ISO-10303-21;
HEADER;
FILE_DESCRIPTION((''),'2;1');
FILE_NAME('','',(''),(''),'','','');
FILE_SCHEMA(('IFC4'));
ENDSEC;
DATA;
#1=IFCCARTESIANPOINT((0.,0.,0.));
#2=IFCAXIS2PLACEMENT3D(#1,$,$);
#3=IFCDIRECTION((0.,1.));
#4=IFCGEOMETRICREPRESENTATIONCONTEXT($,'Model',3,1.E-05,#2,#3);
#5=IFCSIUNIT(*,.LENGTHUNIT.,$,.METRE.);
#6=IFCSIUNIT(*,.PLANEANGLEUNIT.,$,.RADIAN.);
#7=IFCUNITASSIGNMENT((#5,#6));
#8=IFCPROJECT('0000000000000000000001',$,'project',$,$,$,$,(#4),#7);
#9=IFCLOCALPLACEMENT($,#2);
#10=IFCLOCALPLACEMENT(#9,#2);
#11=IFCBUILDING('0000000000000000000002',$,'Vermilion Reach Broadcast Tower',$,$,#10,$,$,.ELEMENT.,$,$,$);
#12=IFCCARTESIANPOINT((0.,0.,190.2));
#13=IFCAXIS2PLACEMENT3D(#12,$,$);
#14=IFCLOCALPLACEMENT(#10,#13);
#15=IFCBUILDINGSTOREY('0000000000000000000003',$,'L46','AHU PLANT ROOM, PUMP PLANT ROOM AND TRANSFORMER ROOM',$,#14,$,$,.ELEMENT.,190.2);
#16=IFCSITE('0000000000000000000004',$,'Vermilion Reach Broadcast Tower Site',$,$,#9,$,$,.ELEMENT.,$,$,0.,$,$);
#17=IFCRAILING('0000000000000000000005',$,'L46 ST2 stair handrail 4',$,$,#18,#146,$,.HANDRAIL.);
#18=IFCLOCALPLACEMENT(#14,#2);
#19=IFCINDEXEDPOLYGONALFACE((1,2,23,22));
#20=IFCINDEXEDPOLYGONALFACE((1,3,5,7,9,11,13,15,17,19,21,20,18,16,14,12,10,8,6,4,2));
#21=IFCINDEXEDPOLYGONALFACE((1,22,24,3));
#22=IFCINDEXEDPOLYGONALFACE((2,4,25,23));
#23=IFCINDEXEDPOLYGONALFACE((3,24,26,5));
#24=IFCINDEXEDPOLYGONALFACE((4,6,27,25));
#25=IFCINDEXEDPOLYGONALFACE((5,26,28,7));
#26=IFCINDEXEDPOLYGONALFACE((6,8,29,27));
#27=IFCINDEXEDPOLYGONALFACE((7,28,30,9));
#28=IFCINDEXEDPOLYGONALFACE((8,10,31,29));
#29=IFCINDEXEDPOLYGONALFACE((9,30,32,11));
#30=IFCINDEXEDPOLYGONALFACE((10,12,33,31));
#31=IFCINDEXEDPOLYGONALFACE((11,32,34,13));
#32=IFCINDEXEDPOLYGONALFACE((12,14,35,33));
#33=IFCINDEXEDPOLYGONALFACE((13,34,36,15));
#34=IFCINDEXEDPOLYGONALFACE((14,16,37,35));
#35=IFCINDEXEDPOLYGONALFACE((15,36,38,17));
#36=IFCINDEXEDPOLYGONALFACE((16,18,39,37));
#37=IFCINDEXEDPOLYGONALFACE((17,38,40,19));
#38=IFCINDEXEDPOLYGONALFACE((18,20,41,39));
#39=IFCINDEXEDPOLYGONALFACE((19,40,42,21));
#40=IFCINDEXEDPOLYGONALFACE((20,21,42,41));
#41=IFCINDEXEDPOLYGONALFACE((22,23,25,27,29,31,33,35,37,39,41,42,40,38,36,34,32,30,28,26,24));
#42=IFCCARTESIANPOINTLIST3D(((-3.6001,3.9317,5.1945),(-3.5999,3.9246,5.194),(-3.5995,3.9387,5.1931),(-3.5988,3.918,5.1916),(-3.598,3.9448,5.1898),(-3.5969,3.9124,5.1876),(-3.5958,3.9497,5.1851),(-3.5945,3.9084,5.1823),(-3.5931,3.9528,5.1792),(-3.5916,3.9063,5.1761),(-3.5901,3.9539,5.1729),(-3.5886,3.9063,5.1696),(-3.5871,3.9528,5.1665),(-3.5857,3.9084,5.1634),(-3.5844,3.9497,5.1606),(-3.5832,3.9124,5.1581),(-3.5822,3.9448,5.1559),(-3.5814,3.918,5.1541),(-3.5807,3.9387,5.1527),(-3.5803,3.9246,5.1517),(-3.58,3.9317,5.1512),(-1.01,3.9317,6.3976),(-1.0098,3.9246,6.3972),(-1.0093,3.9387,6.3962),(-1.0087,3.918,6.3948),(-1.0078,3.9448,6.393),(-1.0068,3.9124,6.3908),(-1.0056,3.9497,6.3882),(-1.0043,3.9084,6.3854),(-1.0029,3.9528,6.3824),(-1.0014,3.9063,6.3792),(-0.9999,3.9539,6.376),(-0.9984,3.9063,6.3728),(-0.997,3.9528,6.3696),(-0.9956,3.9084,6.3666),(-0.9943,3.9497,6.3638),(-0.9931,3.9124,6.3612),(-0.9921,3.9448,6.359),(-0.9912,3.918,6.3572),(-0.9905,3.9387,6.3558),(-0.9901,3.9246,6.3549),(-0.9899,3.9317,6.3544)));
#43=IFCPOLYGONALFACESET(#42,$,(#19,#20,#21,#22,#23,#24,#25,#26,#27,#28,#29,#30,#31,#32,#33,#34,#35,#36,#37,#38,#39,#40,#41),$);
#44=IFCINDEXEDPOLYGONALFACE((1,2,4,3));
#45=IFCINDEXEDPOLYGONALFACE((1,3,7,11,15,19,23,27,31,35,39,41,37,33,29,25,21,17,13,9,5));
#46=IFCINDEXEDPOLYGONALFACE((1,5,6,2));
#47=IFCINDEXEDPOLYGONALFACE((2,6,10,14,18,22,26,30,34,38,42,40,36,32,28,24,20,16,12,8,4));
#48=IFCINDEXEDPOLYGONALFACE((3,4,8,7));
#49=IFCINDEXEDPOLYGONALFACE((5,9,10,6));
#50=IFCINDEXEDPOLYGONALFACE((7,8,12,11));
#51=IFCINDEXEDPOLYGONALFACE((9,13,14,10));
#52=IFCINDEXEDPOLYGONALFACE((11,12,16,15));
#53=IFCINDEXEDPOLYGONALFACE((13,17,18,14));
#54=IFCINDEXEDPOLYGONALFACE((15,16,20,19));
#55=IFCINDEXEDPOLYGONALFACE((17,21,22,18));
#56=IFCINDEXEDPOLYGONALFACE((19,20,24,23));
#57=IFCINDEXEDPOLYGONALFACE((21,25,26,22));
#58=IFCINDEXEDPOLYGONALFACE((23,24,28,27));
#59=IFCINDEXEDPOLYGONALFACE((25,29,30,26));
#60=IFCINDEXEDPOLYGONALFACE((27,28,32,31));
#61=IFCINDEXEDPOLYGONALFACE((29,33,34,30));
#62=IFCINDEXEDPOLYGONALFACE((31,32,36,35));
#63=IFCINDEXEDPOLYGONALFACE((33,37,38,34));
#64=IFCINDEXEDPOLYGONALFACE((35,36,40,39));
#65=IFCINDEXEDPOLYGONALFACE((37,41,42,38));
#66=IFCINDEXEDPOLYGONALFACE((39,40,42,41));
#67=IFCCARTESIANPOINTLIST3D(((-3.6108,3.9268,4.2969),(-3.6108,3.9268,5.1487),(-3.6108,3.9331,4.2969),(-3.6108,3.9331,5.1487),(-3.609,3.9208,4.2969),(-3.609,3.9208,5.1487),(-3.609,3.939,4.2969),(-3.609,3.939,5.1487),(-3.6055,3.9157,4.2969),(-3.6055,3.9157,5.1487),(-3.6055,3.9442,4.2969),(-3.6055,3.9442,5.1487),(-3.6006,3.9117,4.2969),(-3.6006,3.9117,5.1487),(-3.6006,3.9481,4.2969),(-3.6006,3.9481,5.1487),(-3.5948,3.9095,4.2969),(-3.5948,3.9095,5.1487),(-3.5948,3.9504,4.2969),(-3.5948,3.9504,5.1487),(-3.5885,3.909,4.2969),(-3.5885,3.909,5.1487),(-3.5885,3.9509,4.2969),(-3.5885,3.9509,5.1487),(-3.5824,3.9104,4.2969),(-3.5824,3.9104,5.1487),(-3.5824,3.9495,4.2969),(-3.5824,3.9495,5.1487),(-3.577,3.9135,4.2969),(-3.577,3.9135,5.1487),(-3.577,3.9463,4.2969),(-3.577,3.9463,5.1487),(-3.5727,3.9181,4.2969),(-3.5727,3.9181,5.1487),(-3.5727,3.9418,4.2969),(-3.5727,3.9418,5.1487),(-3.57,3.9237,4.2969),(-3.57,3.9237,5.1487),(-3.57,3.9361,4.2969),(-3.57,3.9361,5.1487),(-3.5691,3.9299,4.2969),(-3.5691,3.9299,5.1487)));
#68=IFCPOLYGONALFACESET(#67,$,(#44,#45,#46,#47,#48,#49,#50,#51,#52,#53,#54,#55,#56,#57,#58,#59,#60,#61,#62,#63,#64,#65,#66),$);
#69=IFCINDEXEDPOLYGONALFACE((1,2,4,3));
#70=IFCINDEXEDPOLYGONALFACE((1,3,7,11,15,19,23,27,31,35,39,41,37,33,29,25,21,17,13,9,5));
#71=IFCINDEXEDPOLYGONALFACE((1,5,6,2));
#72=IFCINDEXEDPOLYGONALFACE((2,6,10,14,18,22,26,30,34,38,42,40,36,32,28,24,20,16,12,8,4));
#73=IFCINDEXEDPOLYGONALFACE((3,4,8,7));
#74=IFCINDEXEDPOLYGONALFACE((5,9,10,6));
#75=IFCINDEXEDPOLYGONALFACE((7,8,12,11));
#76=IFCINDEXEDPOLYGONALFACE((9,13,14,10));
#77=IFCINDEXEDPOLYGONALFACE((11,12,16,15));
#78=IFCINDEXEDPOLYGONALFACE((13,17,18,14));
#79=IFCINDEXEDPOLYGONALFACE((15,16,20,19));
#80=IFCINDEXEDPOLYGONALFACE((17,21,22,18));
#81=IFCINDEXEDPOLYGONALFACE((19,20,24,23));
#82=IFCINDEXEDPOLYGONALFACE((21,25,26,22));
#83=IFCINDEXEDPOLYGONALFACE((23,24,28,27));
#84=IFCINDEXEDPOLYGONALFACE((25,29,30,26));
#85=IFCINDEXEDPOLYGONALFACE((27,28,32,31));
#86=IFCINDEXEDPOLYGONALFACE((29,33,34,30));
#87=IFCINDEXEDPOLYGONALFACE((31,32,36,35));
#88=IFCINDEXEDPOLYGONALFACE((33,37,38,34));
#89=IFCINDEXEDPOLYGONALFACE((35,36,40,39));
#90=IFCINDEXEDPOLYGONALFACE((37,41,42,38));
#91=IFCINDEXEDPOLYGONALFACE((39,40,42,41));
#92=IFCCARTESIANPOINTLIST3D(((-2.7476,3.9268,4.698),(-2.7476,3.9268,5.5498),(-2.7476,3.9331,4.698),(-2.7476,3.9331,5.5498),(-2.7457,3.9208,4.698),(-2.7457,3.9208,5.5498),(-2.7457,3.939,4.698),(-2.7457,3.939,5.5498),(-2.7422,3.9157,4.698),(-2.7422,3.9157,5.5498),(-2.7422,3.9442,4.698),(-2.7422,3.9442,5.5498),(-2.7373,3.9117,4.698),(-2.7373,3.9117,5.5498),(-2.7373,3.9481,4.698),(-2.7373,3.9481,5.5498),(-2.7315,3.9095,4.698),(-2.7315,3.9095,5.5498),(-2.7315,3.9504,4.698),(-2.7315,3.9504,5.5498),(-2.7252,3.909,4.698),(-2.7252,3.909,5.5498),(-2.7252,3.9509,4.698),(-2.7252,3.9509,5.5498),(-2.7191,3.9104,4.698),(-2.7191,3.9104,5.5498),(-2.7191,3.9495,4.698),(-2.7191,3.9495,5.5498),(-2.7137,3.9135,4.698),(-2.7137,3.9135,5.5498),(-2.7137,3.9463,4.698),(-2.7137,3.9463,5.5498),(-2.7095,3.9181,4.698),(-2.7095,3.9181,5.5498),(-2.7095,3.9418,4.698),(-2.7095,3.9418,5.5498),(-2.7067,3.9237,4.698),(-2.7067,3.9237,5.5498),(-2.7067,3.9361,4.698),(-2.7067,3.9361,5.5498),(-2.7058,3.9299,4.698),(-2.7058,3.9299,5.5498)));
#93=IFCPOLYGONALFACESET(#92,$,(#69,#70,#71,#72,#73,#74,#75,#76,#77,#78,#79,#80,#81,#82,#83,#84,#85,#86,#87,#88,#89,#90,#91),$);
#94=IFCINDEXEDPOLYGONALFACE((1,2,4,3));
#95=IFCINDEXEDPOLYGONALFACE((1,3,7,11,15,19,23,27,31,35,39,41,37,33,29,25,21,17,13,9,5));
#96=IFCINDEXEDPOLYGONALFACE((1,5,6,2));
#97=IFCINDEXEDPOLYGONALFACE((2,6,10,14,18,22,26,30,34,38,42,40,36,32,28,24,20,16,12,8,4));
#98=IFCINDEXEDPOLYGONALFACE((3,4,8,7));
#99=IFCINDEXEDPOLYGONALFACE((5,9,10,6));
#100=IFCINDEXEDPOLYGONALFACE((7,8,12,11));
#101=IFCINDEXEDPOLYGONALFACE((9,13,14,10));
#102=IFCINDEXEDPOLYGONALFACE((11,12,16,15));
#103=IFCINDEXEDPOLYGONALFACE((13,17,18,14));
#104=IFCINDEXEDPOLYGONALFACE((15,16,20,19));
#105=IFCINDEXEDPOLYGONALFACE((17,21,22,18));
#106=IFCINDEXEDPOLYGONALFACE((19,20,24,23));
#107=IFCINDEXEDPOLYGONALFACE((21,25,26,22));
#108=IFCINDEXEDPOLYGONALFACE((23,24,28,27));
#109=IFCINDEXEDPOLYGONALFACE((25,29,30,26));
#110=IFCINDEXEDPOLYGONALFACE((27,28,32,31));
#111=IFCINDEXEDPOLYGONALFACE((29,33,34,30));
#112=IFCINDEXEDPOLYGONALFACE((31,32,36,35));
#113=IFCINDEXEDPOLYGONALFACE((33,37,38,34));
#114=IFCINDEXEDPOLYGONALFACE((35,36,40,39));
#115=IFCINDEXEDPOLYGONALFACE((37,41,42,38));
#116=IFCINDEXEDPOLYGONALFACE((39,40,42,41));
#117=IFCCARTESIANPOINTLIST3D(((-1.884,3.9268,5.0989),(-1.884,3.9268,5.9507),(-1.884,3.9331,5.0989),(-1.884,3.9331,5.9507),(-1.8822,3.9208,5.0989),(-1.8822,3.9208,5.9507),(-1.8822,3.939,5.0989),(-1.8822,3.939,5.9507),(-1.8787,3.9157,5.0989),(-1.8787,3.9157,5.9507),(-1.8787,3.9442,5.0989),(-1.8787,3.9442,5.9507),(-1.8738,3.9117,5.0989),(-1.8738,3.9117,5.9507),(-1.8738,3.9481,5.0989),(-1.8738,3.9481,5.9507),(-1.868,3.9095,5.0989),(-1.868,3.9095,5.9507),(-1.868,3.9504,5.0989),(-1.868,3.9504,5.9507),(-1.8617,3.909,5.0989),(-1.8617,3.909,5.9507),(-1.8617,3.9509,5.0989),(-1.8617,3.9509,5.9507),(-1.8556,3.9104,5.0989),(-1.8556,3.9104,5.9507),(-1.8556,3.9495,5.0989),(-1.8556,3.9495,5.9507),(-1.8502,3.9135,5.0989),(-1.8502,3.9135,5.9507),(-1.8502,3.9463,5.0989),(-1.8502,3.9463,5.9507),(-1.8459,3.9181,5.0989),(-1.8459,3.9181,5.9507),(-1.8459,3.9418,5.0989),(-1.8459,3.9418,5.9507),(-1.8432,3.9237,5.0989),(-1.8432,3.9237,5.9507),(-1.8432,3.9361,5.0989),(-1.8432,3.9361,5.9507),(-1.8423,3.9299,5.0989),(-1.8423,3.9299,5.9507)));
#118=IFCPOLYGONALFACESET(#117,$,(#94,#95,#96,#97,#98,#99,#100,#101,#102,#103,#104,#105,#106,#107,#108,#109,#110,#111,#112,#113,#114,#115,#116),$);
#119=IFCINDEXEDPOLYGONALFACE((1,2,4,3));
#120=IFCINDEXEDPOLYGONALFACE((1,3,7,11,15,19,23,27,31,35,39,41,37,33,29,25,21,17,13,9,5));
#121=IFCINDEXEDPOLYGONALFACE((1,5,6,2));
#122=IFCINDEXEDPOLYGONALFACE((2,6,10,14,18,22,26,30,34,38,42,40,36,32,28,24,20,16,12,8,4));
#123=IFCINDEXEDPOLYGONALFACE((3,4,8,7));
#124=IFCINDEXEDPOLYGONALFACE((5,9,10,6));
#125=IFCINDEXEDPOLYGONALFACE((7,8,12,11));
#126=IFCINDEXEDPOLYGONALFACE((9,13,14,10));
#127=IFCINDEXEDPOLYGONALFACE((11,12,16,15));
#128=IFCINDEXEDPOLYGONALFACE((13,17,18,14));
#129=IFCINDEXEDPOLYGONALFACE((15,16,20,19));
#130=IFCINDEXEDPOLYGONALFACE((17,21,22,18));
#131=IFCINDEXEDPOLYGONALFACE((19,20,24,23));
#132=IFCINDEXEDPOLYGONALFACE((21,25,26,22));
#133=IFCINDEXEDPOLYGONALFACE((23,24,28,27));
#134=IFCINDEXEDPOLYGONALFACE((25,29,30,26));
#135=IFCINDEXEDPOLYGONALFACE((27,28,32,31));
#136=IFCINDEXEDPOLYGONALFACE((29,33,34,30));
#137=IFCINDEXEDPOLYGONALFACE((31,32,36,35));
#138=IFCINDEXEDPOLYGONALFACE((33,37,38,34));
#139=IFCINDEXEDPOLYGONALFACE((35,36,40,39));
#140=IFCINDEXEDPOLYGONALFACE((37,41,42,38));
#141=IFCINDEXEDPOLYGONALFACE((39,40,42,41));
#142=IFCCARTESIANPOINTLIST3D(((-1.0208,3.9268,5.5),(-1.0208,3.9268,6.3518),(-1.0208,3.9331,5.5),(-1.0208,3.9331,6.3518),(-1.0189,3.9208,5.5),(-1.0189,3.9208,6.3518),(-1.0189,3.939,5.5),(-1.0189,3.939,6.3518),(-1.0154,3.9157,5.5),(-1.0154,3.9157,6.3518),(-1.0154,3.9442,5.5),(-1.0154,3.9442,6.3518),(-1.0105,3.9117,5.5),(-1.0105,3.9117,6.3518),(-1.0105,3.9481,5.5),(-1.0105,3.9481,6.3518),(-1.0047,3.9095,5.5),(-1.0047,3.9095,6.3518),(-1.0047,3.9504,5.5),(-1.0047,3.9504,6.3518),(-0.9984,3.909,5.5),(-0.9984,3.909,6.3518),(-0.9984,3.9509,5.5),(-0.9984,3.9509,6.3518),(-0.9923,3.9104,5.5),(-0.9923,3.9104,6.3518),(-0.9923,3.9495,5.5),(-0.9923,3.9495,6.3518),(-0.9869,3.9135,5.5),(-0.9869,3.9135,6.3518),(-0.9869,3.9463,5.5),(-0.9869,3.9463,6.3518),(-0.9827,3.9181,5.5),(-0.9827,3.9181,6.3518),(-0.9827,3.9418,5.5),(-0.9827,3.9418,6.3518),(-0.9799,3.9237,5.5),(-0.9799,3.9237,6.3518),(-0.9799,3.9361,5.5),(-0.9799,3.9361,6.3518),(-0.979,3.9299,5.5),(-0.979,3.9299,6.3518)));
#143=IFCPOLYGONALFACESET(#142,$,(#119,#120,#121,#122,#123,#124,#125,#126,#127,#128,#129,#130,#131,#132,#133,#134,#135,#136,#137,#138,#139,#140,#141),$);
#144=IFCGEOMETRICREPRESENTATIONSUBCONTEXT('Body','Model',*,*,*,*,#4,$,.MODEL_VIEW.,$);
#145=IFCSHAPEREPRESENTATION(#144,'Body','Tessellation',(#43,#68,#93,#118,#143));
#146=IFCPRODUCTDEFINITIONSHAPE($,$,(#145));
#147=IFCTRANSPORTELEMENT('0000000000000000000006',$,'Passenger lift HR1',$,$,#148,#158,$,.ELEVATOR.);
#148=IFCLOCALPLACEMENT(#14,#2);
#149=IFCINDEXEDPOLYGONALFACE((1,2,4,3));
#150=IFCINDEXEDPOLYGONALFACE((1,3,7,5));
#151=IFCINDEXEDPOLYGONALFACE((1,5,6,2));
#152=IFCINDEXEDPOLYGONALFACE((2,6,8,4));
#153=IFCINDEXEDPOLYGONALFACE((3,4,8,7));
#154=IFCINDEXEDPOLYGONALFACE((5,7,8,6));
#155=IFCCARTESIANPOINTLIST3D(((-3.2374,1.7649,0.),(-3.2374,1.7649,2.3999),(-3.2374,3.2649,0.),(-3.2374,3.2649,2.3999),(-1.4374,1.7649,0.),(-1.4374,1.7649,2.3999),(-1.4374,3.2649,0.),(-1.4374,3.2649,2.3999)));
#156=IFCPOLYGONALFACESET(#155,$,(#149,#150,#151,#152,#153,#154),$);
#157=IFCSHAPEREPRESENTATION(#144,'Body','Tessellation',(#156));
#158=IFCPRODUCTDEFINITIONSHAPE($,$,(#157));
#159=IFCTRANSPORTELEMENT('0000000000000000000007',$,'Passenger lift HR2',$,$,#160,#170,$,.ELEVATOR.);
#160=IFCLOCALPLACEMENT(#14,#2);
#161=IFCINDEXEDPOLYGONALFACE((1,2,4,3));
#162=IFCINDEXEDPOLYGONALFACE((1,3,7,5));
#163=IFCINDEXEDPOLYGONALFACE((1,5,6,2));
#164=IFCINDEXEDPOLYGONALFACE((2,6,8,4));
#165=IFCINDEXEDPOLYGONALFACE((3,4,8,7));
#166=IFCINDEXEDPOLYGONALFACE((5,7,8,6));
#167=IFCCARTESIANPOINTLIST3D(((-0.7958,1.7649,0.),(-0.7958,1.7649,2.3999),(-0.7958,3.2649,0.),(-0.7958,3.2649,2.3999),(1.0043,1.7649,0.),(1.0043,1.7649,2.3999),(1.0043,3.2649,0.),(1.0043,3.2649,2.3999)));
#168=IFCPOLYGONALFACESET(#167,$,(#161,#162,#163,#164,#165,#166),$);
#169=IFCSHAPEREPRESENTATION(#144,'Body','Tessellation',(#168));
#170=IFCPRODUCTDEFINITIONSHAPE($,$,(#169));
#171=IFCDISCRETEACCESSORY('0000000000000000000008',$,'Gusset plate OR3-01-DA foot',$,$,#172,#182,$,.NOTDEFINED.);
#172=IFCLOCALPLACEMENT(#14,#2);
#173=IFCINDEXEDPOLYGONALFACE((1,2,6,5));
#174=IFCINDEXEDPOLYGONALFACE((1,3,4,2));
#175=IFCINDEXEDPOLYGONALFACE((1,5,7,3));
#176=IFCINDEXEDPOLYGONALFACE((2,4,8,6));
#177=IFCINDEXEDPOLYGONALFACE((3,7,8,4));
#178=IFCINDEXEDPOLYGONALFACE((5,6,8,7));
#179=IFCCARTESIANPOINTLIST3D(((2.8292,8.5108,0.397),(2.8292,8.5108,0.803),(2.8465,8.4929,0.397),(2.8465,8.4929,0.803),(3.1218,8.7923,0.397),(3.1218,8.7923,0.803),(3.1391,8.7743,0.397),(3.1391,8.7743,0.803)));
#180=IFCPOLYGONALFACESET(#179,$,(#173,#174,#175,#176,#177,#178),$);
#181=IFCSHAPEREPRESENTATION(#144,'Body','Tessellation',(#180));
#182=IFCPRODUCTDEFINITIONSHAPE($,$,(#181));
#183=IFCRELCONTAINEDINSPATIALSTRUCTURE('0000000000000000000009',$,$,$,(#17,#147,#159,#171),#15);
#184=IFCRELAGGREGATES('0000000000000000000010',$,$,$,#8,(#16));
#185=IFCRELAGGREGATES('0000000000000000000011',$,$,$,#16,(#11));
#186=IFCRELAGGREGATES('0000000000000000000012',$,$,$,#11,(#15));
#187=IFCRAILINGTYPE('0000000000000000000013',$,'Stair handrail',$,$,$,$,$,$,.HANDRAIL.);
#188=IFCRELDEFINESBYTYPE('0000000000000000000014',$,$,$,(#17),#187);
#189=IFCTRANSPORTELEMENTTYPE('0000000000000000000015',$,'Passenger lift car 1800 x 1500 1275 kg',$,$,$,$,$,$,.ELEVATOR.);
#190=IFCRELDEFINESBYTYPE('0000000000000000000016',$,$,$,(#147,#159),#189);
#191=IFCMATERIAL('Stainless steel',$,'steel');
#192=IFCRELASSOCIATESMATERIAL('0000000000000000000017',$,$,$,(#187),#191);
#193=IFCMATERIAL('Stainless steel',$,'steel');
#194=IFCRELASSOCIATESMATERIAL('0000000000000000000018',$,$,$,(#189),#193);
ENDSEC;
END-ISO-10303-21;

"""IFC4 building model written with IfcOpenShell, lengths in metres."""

from ifc_helpers import new_model, si_unit, direction, frame, origin, origin_2d, place, context, subcontext, project, spatial, rectangle, circle, extrude, material, type_object, element, save


model = new_model("IFC4")

# Units and contexts
model_context = context("Model", 3, precision=1e-05, world=origin(), true_north=direction((0.0, 1.0)))
body_context = subcontext(model_context, "Body", "Model", "MODEL_VIEW")
ifc_project = project(units=[si_unit("LENGTHUNIT", "METRE"), si_unit("PLANEANGLEUNIT", "RADIAN")], contexts=[model_context])

# Site, building, storey
site_placement = place(None, origin())
site = spatial("IfcSite", under=ifc_project, at=site_placement, Name="Vermilion Reach Broadcast Tower Site", CompositionType="ELEMENT", RefElevation=0.0)
building_placement = place(site_placement, origin())
building = spatial("IfcBuilding", under=site, at=building_placement, Name="Vermilion Reach Broadcast Tower", CompositionType="ELEMENT")
storey_placement = place(building_placement, frame((0.0, 0.0, 190.2)))
storey = spatial("IfcBuildingStorey", under=building, at=storey_placement, Name="L46", Description="AHU PLANT ROOM, PUMP PLANT ROOM AND TRANSFORMER ROOM", CompositionType="ELEMENT", Elevation=190.2)

# Railing
ifc_material_1 = material(Name="Stainless steel", Category="steel")
railing_type_1 = type_object("IfcRailingType", Name="Stair handrail", PredefinedType="HANDRAIL", material=ifc_material_1)
railing_1_placement = place(storey_placement, frame((-3.5901, 3.9299, 4.2969)))
element("IfcRailing", 1, at=railing_1_placement, inside=storey, type_object=railing_type_1, Name="L46 ST2 stair handrail 4", PredefinedType="HANDRAIL", context=body_context, shape_type="SweptSolid", body=[
    extrude(circle(Radius=0.0239, at=origin_2d()), frame((0.0, 0.0, 0.876), z_axis=(0.906931, 0.0, 0.42128), x_axis=(0.0, 1.0, 0.0)), (0.0, 0.0, 1.0), 2.856),
    extrude(circle(Radius=0.021, at=origin_2d()), origin(), (0.0, 0.0, 1.0), 0.8518),
    extrude(circle(Radius=0.021, at=origin_2d()), frame((0.8633, 0.0, 0.4011)), (0.0, 0.0, 1.0), 0.8518),
    extrude(circle(Radius=0.021, at=origin_2d()), frame((1.7268, 0.0, 0.802)), (0.0, 0.0, 1.0), 0.8518),
    extrude(circle(Radius=0.021, at=origin_2d()), frame((2.5901, 0.0, 1.2031)), (0.0, 0.0, 1.0), 0.8518),
])

# Transport elements
ifc_material_2 = material(Name="Stainless steel", Category="steel")
transport_element_type = type_object("IfcTransportElementType", Name="Passenger lift car 1800 x 1500 1275 kg", PredefinedType="ELEVATOR", material=ifc_material_2)
for number, where, z_axis, x_axis, name in (
    (2, (-2.3374, 2.5149, 0.0), (0.0, 0.0, 1.0), (1.0, 0.0, 0.0), "Passenger lift HR1"),
    (3, (0.1042, 2.5149, 0.0), (0.0, 0.0, 1.0), (1.0, 0.0, 0.0), "Passenger lift HR2"),
):
    element("IfcTransportElement", number, at=place(storey_placement, frame(where, z_axis=z_axis, x_axis=x_axis)), inside=storey, type_object=transport_element_type, Name=name, PredefinedType="ELEVATOR", context=body_context, shape_type="SweptSolid", body=[
        extrude(rectangle(XDim=1.8, YDim=1.5, at=origin_2d()), origin(), (0.0, 0.0, 1.0), 2.3999),
    ])

# Discrete accessory
discrete_accessory_placement = place(storey_placement, frame((2.9841, 8.6426, 0.397), z_axis=(0.0, 0.0, 1.0), x_axis=(-0.693276, 0.720672, 0.0)))
element("IfcDiscreteAccessory", 4, at=discrete_accessory_placement, inside=storey, Name="Gusset plate OR3-01-DA foot", PredefinedType="NOTDEFINED", context=body_context, shape_type="SweptSolid", body=[
    extrude(rectangle(XDim=0.0249, YDim=0.406, at=origin_2d()), origin(), (0.0, 0.0, 1.0), 0.406),
])

save(model, "model.ifc")
